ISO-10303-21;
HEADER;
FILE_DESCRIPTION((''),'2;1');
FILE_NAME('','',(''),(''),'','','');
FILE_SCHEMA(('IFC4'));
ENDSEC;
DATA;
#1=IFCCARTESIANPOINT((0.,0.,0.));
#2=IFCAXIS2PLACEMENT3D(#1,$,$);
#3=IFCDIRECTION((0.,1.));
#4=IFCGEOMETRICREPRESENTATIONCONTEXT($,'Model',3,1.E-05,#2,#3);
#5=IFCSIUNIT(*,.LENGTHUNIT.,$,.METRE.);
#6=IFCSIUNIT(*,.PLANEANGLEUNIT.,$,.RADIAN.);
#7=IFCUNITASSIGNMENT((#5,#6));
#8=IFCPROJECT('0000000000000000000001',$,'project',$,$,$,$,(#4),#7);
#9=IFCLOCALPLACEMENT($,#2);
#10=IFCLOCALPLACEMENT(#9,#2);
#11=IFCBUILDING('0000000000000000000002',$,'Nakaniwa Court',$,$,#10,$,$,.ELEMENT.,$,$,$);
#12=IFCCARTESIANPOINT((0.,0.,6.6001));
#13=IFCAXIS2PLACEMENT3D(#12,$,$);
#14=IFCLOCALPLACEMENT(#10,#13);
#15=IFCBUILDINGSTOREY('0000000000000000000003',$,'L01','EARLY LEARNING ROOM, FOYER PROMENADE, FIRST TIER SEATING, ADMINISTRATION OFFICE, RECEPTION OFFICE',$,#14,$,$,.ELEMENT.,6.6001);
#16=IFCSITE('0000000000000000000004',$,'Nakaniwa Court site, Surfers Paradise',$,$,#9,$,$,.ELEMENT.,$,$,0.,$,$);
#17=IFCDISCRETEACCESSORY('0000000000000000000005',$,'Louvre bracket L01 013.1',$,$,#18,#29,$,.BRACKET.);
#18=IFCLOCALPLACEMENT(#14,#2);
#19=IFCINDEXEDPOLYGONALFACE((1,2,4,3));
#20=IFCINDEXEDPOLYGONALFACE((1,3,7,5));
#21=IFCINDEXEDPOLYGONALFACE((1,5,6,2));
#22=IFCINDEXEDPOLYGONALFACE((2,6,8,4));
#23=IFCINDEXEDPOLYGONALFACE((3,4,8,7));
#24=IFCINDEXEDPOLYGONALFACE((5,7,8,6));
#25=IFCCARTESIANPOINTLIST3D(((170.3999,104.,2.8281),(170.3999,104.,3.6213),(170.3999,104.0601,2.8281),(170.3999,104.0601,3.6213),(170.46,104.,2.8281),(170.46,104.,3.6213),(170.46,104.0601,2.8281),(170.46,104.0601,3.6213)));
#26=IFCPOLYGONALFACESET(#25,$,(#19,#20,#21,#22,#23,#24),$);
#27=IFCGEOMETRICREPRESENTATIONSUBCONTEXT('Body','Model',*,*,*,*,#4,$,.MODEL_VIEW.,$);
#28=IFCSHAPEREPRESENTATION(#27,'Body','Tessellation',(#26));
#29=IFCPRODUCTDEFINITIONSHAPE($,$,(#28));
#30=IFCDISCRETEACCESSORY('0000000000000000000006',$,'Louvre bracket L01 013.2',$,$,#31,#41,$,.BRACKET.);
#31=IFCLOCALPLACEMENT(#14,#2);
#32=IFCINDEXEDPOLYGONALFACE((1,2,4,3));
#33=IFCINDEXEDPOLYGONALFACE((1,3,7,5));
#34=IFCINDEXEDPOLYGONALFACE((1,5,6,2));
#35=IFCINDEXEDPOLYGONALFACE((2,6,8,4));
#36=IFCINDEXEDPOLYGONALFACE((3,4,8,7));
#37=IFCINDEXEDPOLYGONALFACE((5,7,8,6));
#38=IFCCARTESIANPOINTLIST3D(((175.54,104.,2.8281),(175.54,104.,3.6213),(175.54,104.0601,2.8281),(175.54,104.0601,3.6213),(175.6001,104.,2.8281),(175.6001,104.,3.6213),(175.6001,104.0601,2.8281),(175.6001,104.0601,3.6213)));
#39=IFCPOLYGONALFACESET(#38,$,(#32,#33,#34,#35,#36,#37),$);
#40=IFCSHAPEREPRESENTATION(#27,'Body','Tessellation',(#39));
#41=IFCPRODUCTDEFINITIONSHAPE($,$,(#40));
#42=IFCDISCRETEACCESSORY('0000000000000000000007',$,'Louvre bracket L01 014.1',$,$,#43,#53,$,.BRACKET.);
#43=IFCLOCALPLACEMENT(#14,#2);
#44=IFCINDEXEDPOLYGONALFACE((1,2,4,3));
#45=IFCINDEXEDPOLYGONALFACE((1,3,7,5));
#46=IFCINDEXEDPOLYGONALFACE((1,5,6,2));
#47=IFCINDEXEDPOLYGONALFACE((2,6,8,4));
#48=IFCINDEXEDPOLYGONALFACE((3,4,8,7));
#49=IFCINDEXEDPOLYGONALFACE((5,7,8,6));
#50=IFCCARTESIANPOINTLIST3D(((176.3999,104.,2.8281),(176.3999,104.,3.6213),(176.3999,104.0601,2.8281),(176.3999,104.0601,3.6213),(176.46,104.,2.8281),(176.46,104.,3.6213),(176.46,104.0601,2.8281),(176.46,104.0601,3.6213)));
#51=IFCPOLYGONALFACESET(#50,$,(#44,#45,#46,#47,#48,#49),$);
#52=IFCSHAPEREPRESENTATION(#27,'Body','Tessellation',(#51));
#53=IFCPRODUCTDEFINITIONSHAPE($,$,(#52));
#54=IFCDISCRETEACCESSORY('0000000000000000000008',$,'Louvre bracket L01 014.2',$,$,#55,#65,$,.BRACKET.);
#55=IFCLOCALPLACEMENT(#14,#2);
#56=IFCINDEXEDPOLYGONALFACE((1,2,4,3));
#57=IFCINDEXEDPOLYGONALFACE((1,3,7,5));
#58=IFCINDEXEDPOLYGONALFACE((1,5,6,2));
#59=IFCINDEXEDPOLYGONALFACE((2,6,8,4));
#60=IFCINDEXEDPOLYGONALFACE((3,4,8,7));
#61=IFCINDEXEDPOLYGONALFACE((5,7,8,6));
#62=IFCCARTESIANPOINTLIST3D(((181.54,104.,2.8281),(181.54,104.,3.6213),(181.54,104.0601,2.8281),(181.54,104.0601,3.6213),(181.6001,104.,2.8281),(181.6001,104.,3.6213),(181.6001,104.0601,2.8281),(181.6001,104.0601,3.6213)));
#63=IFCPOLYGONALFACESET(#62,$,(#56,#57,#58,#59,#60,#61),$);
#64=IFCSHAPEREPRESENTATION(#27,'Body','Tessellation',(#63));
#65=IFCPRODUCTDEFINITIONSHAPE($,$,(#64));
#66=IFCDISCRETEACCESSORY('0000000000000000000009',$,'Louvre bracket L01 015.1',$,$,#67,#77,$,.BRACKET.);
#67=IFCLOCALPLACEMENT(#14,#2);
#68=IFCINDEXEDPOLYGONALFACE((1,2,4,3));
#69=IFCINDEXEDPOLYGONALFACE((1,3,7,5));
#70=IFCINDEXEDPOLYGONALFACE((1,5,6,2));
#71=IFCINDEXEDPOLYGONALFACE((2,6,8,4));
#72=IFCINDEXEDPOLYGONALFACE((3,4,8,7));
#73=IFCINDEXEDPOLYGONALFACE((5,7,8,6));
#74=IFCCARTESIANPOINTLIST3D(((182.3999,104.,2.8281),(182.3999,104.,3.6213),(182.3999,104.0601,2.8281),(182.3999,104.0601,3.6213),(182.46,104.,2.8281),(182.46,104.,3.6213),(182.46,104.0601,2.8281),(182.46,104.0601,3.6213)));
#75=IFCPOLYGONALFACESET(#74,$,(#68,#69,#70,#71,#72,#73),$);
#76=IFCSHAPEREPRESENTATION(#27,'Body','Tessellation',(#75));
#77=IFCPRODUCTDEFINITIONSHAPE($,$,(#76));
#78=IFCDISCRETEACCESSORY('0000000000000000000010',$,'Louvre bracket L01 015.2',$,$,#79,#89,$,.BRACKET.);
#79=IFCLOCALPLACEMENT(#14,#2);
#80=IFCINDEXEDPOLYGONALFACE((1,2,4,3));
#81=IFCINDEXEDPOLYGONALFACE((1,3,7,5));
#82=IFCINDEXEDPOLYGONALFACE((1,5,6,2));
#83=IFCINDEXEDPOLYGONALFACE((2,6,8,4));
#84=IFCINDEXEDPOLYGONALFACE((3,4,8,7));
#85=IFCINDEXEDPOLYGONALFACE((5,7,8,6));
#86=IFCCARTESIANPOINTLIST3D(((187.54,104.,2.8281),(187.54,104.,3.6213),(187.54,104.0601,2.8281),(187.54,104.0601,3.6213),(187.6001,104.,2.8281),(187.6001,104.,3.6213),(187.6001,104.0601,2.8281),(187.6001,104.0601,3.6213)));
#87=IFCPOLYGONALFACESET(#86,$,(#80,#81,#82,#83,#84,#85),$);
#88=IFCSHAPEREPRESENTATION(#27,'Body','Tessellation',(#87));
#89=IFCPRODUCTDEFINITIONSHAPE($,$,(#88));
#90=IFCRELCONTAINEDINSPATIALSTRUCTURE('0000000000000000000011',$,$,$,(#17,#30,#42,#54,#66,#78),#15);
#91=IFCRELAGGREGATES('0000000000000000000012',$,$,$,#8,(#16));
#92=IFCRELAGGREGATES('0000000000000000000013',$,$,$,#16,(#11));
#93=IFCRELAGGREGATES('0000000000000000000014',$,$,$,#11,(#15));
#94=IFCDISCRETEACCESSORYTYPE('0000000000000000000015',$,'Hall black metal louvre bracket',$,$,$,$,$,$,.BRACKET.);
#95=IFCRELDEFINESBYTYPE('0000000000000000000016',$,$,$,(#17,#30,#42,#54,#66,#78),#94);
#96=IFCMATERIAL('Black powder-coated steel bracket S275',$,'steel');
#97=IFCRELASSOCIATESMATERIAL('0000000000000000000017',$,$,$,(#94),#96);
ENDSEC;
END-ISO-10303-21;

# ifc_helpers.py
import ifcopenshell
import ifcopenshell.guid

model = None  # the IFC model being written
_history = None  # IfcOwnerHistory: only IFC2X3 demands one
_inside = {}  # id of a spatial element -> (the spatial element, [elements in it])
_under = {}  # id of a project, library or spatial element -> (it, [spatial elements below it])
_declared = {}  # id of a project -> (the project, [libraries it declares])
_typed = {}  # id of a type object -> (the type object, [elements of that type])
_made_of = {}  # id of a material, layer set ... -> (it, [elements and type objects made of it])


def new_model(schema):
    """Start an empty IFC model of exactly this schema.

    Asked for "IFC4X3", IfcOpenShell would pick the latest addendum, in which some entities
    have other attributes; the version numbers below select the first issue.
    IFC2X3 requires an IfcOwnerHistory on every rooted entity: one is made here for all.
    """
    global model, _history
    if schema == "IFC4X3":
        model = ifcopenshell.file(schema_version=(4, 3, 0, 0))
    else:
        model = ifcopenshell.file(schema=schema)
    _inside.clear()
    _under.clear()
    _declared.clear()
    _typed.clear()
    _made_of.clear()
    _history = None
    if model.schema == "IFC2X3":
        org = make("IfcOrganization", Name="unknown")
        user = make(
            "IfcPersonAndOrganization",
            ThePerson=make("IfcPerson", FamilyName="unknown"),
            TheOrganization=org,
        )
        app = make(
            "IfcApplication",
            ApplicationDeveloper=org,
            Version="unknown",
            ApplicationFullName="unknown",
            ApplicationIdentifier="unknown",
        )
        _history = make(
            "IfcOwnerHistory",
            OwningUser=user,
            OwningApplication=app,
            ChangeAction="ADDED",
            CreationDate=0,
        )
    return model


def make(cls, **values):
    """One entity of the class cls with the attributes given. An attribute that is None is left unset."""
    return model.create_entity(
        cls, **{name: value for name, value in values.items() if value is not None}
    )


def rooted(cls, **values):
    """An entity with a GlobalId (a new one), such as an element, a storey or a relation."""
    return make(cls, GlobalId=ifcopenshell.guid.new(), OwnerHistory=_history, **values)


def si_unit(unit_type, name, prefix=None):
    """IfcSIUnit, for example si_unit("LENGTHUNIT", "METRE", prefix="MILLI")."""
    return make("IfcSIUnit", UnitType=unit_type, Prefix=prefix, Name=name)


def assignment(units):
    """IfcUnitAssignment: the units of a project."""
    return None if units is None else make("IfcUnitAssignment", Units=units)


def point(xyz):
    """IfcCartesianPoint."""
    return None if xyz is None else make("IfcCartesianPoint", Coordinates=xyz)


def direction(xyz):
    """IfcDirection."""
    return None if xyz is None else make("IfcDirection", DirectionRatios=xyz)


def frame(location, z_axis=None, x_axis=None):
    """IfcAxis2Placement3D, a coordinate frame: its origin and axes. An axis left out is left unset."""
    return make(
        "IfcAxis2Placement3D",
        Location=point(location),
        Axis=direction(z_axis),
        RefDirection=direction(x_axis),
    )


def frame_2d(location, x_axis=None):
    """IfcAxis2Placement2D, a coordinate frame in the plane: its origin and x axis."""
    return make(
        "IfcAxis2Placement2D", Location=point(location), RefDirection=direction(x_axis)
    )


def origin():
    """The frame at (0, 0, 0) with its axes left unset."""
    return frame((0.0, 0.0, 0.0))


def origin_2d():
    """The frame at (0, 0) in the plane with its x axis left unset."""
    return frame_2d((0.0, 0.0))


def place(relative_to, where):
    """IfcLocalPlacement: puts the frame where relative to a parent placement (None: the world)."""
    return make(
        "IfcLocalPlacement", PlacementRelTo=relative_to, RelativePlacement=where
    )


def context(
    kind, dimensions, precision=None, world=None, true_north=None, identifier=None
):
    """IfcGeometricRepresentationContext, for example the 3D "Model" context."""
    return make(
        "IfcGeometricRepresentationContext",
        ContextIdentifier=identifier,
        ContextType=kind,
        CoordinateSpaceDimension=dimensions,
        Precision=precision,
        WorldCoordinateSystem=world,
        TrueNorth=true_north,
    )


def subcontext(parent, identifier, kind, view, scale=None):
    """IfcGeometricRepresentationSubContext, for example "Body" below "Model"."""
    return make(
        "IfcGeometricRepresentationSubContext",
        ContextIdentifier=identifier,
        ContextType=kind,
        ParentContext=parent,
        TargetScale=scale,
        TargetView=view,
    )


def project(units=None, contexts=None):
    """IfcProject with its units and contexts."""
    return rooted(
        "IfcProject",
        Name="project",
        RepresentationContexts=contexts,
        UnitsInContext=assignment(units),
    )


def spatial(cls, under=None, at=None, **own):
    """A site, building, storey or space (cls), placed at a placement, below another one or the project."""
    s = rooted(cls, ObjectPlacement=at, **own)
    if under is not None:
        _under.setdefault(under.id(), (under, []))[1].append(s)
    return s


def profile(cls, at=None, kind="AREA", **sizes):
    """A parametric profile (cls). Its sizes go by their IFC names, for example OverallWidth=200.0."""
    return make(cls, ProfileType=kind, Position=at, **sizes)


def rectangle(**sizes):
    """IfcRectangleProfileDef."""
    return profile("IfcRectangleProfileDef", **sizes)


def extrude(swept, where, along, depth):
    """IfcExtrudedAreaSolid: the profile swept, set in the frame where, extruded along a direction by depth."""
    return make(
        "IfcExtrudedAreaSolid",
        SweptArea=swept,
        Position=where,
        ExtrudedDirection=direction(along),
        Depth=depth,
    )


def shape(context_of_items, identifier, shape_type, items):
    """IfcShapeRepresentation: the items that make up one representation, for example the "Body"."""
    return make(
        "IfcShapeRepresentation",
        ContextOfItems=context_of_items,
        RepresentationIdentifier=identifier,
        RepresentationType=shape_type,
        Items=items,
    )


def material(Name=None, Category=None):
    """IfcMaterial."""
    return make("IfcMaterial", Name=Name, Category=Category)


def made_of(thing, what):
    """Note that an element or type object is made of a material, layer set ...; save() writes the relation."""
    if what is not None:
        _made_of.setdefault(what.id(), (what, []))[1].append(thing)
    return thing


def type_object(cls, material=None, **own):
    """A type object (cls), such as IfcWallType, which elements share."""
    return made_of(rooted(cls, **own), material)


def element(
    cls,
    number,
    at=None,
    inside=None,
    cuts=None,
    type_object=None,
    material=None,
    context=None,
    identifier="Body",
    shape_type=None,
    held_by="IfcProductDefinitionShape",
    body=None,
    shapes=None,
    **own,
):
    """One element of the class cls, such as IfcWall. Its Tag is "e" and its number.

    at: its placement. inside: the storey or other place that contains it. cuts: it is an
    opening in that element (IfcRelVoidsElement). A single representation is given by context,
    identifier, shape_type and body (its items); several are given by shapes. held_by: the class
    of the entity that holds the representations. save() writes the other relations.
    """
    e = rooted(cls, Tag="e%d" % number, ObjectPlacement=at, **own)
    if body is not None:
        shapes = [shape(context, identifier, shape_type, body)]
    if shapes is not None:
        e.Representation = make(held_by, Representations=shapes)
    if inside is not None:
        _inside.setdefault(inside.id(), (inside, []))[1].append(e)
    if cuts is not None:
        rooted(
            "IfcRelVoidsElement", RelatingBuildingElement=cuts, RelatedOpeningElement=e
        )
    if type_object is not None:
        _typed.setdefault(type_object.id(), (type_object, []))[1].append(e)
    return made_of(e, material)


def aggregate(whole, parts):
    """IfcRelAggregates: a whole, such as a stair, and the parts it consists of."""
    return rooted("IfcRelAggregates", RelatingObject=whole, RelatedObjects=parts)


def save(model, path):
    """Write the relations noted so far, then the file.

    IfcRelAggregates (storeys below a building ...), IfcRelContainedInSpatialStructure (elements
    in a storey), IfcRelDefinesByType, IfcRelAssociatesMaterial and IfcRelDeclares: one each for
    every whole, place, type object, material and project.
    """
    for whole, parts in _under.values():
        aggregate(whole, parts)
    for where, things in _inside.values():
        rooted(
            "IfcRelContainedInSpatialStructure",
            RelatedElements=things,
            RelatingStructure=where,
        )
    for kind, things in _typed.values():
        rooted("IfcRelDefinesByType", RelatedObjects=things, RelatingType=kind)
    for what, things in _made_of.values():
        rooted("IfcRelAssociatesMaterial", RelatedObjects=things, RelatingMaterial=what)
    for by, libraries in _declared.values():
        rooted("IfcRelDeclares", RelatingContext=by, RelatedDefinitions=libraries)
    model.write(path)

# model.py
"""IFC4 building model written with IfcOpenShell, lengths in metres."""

from ifc_helpers import new_model, si_unit, direction, frame, origin, origin_2d, place, context, subcontext, project, spatial, rectangle, extrude, material, type_object, element, save


model = new_model("IFC4")

# Units and contexts
model_context = context("Model", 3, precision=1e-05, world=origin(), true_north=direction((0.0, 1.0)))
body_context = subcontext(model_context, "Body", "Model", "MODEL_VIEW")
ifc_project = project(units=[si_unit("LENGTHUNIT", "METRE"), si_unit("PLANEANGLEUNIT", "RADIAN")], contexts=[model_context])

# Site, building, storey
site_placement = place(None, origin())
site = spatial("IfcSite", under=ifc_project, at=site_placement, Name="Nakaniwa Court site, Surfers Paradise", CompositionType="ELEMENT", RefElevation=0.0)
building_placement = place(site_placement, origin())
building = spatial("IfcBuilding", under=site, at=building_placement, Name="Nakaniwa Court", CompositionType="ELEMENT")
storey_placement = place(building_placement, frame((0.0, 0.0, 6.6001)))
storey = spatial("IfcBuildingStorey", under=building, at=storey_placement, Name="L01", Description="EARLY LEARNING ROOM, FOYER PROMENADE, FIRST TIER SEATING, ADMINISTRATION OFFICE, RECEPTION OFFICE", CompositionType="ELEMENT", Elevation=6.6001)

# Discrete accessories
ifc_material_1 = material(Name="Black powder-coated steel bracket S275", Category="steel")
discrete_accessory_type = type_object("IfcDiscreteAccessoryType", Name="Hall black metal louvre bracket", PredefinedType="BRACKET", material=ifc_material_1)
for number, where, z_axis, x_axis, name in (
    (1, (170.4299, 104.03, 2.8281), (0.0, 0.0, 1.0), (1.0, 0.0, 0.0), "Louvre bracket L01 013.1"),
    (2, (175.5701, 104.03, 2.8281), (0.0, 0.0, 1.0), (1.0, 0.0, 0.0), "Louvre bracket L01 013.2"),
    (3, (176.4299, 104.03, 2.8281), (0.0, 0.0, 1.0), (1.0, 0.0, 0.0), "Louvre bracket L01 014.1"),
    (4, (181.5701, 104.03, 2.8281), (0.0, 0.0, 1.0), (1.0, 0.0, 0.0), "Louvre bracket L01 014.2"),
    (5, (182.4299, 104.03, 2.8281), (0.0, 0.0, 1.0), (1.0, 0.0, 0.0), "Louvre bracket L01 015.1"),
    (6, (187.5701, 104.03, 2.8281), (0.0, 0.0, 1.0), (1.0, 0.0, 0.0), "Louvre bracket L01 015.2"),
):
    element("IfcDiscreteAccessory", number, at=place(storey_placement, frame(where, z_axis=z_axis, x_axis=x_axis)), inside=storey, type_object=discrete_accessory_type, Name=name, PredefinedType="BRACKET", context=body_context, shape_type="SweptSolid", body=[
        extrude(rectangle(XDim=0.0601, YDim=0.0601, at=origin_2d()), origin(), (0.0, 0.0, 1.0), 0.7932),
    ])

save(model, "model.ifc")
